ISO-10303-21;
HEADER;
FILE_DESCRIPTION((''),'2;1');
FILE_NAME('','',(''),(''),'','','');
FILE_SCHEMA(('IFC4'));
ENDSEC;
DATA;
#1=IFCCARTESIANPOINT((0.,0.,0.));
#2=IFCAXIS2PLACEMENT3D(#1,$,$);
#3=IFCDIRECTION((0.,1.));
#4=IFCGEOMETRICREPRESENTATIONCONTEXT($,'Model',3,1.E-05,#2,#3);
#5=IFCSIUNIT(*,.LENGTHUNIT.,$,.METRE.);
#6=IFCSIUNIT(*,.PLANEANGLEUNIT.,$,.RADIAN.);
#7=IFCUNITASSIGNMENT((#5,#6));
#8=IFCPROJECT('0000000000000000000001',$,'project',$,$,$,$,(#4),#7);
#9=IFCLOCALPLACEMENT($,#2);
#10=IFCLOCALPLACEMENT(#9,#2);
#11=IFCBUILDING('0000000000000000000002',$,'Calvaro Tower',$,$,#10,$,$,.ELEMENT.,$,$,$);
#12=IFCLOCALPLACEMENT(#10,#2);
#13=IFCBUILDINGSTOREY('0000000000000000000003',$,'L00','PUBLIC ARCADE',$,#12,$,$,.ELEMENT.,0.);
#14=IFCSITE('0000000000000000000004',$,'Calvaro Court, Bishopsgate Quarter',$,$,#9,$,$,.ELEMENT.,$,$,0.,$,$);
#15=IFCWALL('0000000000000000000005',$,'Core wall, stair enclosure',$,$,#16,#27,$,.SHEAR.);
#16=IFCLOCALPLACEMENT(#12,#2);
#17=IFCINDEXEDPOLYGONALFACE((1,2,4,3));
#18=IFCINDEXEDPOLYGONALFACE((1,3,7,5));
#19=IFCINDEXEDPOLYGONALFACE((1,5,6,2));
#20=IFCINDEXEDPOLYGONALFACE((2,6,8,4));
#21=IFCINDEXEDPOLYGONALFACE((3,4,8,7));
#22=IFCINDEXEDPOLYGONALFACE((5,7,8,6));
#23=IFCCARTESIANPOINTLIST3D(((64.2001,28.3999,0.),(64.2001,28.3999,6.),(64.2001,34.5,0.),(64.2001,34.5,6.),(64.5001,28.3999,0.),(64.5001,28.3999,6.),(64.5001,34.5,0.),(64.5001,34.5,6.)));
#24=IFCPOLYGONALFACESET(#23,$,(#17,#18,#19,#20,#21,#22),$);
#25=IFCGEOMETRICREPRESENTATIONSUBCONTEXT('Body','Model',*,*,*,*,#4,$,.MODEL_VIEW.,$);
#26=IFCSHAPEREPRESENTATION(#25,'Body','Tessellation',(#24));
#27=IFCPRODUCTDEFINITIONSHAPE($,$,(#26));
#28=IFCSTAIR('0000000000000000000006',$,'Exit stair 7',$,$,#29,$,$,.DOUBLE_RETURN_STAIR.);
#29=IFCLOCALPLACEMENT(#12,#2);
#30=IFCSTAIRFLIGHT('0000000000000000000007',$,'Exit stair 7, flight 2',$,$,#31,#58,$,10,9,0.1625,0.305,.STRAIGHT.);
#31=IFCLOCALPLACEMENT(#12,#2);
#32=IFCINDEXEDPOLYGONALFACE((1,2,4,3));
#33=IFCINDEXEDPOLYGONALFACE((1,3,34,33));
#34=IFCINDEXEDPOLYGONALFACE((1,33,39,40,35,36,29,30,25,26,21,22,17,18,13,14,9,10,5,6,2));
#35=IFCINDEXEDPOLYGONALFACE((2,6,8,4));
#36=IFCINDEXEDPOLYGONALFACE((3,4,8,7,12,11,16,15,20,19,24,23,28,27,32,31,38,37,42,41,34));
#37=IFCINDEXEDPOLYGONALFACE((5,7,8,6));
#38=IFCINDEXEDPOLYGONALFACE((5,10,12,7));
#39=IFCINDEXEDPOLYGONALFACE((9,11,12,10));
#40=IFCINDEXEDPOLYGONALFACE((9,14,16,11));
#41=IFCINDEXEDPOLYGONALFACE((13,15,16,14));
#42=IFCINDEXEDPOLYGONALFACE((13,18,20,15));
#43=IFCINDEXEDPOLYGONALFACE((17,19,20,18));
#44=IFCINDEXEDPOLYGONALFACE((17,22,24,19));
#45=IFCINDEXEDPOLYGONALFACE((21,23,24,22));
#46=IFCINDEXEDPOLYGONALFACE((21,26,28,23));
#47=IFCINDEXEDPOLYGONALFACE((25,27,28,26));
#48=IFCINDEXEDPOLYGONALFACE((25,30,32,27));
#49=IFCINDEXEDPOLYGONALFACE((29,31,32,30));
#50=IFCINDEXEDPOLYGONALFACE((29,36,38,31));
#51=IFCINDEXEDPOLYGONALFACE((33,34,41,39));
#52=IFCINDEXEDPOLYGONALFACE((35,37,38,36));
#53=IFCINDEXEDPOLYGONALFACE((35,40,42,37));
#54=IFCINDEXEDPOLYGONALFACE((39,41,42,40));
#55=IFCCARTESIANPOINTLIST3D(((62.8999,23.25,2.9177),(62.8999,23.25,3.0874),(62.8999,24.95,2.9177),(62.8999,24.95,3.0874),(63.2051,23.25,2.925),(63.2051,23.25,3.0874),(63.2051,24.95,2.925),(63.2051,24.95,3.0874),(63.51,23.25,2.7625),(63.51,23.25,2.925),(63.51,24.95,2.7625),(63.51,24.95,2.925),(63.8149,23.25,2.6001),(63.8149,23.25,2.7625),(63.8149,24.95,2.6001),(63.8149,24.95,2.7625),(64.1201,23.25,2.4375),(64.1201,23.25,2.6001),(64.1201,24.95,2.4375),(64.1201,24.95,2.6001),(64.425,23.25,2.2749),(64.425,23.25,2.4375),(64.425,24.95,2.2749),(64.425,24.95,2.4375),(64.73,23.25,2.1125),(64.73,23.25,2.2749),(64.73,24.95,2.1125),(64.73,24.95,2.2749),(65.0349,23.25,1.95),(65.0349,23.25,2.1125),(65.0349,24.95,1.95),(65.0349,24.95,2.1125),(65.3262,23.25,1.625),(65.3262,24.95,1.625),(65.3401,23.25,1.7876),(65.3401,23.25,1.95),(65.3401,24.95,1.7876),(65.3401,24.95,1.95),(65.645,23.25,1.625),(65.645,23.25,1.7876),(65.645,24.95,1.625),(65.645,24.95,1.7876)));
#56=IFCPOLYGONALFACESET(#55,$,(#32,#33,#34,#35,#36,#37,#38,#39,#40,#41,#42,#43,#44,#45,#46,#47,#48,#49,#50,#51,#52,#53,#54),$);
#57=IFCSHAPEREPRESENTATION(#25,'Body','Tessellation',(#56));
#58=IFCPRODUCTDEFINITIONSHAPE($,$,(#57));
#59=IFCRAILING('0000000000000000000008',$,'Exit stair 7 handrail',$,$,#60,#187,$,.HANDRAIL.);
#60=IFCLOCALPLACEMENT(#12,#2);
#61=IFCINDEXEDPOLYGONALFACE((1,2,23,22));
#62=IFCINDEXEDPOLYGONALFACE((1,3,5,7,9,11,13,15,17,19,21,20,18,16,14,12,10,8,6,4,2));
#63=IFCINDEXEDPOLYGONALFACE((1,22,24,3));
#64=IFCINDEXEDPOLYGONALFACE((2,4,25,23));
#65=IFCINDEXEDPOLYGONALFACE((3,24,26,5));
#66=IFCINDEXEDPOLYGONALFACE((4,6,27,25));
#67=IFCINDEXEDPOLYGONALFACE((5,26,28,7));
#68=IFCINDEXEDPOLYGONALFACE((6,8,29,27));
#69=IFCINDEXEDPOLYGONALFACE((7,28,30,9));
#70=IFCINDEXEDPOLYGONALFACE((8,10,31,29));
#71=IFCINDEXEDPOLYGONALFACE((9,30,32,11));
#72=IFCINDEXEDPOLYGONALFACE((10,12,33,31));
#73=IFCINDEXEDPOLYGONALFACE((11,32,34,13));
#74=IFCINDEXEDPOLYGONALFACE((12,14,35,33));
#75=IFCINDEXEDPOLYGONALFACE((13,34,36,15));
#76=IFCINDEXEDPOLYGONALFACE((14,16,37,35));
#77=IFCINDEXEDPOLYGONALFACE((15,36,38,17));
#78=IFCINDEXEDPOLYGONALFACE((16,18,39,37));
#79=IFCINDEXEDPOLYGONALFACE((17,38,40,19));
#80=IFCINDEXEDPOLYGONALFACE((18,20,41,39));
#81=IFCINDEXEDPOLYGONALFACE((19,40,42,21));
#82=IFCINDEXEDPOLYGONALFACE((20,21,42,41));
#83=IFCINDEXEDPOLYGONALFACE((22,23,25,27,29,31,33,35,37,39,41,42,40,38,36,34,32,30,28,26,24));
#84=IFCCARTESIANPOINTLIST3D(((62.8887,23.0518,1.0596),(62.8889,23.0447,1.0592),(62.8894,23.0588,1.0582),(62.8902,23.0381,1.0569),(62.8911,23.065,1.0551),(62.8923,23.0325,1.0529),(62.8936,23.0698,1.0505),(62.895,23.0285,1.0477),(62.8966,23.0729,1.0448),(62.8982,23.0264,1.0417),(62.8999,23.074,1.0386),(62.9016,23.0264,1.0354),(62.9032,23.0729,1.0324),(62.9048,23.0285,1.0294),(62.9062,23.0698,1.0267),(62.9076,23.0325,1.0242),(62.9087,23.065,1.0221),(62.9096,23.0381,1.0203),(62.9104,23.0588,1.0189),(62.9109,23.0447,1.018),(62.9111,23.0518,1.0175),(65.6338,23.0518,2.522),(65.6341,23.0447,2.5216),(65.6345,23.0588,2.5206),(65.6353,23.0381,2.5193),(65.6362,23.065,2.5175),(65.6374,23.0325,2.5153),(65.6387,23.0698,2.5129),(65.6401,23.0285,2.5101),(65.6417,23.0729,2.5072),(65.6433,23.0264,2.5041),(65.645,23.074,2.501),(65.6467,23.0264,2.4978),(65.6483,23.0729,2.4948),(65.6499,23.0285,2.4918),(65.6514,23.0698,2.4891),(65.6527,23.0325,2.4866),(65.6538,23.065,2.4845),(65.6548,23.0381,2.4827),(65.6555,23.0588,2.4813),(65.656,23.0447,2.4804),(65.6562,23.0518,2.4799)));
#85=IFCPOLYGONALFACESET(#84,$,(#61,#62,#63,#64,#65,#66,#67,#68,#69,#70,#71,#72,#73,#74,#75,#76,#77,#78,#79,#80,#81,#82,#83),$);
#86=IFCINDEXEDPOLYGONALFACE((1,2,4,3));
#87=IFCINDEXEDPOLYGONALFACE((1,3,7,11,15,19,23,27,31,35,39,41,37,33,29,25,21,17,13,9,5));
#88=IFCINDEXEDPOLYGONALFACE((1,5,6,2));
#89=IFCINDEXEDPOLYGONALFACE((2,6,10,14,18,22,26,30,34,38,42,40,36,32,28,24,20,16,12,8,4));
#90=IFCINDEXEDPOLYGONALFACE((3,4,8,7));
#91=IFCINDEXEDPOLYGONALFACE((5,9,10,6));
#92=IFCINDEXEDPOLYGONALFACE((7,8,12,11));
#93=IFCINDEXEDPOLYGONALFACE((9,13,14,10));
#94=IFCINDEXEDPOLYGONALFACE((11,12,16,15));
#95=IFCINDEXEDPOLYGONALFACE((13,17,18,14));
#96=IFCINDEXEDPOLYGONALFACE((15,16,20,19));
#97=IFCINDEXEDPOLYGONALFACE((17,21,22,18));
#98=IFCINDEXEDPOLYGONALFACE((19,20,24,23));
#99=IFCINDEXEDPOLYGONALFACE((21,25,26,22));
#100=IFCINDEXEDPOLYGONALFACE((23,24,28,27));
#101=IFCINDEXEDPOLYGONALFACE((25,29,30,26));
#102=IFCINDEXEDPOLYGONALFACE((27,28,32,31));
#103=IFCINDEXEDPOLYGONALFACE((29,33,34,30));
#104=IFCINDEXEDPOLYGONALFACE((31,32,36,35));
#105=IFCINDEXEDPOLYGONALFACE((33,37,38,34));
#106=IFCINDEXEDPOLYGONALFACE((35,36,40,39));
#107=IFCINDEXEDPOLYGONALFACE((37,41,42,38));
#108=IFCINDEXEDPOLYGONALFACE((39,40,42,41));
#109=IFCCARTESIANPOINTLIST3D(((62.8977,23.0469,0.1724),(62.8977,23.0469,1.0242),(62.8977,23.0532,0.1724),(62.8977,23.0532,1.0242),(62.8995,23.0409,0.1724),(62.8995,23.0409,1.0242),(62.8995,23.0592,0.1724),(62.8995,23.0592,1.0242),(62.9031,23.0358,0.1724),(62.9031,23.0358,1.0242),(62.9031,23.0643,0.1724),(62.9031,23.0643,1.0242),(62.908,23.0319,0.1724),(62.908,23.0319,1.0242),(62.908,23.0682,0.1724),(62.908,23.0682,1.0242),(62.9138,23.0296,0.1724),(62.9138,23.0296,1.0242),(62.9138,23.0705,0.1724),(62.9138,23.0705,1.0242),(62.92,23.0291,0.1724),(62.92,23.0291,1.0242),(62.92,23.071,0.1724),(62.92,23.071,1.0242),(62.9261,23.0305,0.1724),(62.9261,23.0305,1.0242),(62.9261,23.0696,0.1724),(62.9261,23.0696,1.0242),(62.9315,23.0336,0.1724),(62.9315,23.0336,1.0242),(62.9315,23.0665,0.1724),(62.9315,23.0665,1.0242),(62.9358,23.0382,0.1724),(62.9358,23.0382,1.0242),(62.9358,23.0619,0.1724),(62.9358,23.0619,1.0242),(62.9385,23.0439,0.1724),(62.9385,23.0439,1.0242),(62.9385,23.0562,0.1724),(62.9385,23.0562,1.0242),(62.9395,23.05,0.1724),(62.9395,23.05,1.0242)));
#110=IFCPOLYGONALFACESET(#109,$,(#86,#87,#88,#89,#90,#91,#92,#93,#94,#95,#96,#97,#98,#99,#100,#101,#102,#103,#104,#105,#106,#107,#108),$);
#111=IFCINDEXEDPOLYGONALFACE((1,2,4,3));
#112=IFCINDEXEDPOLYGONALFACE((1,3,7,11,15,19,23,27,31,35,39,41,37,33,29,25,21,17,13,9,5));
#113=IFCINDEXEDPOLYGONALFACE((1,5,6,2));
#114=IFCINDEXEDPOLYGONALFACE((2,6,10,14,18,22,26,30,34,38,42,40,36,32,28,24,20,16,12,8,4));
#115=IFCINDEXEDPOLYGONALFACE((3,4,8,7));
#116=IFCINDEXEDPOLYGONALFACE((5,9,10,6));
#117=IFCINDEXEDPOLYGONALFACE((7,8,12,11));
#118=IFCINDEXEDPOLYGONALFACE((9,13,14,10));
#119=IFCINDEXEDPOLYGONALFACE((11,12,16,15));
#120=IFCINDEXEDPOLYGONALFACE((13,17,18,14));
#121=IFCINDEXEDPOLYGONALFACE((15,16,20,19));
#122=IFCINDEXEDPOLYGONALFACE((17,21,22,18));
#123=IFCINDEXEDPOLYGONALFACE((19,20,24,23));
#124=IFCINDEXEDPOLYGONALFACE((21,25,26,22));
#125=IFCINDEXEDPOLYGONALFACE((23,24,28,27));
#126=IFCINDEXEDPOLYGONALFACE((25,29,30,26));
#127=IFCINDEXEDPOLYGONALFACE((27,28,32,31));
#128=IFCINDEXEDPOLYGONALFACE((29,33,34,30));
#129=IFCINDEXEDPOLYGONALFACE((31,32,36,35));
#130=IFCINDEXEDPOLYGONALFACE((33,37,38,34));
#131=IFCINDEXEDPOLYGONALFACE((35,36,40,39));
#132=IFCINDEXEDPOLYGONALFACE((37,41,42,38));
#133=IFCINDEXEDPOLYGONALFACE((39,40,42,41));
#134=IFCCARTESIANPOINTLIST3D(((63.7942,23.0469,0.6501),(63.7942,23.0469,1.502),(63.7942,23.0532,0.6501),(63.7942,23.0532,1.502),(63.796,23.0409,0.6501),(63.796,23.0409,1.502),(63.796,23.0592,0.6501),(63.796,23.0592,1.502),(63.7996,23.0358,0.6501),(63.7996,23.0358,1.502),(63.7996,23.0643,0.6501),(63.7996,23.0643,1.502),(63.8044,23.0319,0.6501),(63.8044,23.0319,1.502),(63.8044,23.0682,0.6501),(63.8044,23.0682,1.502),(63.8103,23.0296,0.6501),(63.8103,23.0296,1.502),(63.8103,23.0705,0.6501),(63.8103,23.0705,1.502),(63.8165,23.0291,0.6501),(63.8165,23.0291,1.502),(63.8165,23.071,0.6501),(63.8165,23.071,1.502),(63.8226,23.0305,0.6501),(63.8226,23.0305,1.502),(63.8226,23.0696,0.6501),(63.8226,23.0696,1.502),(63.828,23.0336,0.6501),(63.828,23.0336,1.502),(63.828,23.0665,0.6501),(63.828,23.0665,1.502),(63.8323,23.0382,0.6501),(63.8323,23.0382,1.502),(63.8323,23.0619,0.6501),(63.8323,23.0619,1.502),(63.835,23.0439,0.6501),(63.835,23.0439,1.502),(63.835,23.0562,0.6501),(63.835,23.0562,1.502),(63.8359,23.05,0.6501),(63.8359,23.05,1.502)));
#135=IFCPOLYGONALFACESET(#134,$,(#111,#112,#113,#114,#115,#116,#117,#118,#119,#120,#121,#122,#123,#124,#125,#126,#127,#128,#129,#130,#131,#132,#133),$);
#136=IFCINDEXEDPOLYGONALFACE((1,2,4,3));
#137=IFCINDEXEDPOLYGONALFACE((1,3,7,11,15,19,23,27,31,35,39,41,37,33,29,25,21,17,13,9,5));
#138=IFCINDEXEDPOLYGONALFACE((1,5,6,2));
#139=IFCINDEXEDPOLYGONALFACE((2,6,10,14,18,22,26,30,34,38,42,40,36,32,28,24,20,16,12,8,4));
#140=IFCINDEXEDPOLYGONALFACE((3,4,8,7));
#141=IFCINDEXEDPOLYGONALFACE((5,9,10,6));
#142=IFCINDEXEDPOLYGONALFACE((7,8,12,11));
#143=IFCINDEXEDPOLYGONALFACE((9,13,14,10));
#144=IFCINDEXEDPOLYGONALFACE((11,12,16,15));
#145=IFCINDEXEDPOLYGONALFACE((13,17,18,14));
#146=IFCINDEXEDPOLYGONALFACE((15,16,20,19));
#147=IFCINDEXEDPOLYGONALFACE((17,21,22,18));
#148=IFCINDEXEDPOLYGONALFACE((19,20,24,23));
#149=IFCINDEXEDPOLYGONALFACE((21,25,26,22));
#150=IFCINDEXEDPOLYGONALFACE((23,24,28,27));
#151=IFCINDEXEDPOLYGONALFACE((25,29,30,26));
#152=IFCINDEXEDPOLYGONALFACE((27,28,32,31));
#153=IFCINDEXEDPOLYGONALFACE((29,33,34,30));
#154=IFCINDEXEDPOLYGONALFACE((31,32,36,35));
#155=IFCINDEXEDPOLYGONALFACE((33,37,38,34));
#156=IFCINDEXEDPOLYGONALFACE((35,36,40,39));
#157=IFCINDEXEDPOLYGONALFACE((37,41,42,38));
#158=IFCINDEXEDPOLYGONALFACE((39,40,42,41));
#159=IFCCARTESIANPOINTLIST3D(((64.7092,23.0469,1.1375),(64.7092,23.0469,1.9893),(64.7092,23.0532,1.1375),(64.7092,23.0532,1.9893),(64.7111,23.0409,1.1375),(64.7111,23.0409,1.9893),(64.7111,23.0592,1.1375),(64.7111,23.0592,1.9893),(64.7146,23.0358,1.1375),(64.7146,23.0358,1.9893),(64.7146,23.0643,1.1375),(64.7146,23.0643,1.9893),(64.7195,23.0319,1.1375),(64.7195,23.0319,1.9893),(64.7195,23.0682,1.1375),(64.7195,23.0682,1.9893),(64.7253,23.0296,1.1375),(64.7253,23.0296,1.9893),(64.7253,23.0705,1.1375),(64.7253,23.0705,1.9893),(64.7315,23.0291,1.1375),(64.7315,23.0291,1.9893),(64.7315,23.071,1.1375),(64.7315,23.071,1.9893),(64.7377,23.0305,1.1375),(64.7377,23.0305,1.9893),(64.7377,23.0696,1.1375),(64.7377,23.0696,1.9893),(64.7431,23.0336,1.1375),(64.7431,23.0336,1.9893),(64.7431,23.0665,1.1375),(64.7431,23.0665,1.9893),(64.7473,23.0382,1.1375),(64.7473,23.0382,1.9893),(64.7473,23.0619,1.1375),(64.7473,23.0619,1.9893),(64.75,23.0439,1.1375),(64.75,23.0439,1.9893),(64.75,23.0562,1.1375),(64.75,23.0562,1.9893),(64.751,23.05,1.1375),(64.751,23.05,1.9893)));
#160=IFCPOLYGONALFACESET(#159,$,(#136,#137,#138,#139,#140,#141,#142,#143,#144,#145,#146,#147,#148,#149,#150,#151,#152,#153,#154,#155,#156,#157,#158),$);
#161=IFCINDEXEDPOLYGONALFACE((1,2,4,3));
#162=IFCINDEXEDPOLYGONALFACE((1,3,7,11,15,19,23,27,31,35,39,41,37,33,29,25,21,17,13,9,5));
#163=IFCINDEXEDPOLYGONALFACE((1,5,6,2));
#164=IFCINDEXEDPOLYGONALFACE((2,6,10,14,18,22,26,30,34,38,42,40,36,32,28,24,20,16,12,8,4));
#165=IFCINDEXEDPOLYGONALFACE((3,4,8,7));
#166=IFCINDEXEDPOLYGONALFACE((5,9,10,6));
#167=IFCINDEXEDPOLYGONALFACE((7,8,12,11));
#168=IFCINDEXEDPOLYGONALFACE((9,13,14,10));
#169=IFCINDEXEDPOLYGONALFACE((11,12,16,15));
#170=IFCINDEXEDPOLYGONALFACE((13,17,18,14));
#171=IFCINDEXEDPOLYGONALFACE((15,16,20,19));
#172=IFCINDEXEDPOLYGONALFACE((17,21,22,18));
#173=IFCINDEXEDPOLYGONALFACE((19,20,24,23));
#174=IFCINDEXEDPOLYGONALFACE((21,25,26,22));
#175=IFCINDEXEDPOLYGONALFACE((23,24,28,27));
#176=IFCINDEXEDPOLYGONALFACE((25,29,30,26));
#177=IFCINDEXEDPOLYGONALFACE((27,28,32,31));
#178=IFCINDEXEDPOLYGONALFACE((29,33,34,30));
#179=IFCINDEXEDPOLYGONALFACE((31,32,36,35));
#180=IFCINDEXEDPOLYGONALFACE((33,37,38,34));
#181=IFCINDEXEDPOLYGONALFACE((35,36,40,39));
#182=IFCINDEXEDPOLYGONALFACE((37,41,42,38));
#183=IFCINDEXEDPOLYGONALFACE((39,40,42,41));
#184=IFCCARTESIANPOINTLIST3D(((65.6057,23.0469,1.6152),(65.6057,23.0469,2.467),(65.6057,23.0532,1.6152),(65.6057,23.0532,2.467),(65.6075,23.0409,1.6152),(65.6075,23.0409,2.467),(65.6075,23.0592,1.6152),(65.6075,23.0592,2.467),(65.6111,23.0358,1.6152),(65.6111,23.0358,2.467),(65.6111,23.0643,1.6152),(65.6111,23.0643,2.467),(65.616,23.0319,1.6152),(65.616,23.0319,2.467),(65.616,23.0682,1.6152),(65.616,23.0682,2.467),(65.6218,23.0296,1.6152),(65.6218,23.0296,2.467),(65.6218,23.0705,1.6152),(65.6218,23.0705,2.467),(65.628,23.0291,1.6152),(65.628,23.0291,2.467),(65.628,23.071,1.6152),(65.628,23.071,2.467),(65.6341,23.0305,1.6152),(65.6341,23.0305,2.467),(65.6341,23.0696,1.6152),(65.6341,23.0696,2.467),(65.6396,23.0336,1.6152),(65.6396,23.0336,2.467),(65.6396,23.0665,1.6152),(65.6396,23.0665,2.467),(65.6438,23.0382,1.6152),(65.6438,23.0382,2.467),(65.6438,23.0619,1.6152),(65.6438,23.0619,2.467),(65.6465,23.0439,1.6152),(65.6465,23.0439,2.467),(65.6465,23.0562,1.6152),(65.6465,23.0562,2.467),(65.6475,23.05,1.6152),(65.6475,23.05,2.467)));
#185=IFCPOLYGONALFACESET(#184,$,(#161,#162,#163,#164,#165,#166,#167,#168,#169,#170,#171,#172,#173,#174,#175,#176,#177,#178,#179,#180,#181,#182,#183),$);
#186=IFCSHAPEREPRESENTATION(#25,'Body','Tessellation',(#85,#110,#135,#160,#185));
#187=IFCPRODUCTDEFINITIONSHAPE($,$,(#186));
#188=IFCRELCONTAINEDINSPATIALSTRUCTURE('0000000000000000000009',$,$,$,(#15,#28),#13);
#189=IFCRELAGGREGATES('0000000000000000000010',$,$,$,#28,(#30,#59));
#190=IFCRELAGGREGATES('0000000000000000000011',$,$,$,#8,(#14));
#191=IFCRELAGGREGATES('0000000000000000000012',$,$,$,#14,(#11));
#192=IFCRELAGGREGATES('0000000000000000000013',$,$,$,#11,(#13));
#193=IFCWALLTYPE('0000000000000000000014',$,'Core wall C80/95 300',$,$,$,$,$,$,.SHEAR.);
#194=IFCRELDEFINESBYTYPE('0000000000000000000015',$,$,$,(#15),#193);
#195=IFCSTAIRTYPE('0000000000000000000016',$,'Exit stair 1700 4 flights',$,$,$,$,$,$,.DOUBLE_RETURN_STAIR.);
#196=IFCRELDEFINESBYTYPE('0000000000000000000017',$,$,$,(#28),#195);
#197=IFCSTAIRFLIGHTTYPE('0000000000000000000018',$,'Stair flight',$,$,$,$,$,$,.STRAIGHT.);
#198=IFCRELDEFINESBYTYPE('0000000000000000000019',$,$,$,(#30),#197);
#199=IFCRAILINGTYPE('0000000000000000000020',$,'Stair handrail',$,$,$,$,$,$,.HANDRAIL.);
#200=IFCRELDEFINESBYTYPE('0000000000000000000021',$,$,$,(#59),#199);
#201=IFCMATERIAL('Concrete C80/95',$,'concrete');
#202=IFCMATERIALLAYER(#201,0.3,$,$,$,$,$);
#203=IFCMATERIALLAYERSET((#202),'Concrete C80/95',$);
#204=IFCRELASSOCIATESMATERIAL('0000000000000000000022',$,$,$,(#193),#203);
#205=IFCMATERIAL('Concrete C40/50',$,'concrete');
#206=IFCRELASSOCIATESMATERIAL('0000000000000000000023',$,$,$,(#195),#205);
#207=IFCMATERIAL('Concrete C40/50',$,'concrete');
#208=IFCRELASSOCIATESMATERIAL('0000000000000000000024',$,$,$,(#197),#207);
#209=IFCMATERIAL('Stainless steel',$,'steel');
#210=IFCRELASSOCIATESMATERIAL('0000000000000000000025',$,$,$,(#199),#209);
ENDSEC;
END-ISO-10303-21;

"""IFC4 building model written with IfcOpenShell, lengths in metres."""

from ifc_helpers import new_model, si_unit, direction, frame, frame_2d, origin, origin_2d, place, context, subcontext, project, spatial, polyline, rectangle, circle, outline, extrude, material, layer, layer_set, type_object, element, aggregate, save


model = new_model("IFC4")

# Units and contexts
model_context = context("Model", 3, precision=1e-05, world=origin(), true_north=direction((0.0, 1.0)))
body_context = subcontext(model_context, "Body", "Model", "MODEL_VIEW")
ifc_project = project(units=[si_unit("LENGTHUNIT", "METRE"), si_unit("PLANEANGLEUNIT", "RADIAN")], contexts=[model_context])

# Site, building, storey
site_placement = place(None, origin())
site = spatial("IfcSite", under=ifc_project, at=site_placement, Name="Calvaro Court, Bishopsgate Quarter", CompositionType="ELEMENT", RefElevation=0.0)
building_placement = place(site_placement, origin())
building = spatial("IfcBuilding", under=site, at=building_placement, Name="Calvaro Tower", CompositionType="ELEMENT")
storey_placement = place(building_placement, origin())
storey = spatial("IfcBuildingStorey", under=building, at=storey_placement, Name="L00", Description="PUBLIC ARCADE", CompositionType="ELEMENT", Elevation=0.0)

# Wall
ifc_material_1 = material(Name="Concrete C80/95", Category="concrete")
ifc_layer = layer(ifc_material_1, 0.3)
ifc_layer_set = layer_set([ifc_layer], Name="Concrete C80/95")
wall_type = type_object("IfcWallType", Name="Core wall C80/95 300", PredefinedType="SHEAR", material=ifc_layer_set)
wall_placement = place(storey_placement, frame((64.3501, 28.3999, 0.0), z_axis=(0.0, 0.0, 1.0), x_axis=(0.0, 1.0, 0.0)))
element("IfcWall", 1, at=wall_placement, inside=storey, type_object=wall_type, Name="Core wall, stair enclosure", PredefinedType="SHEAR", context=body_context, shape_type="SweptSolid", body=[
    extrude(rectangle(XDim=6.1001, YDim=0.3, at=frame_2d((3.05, 0.0))), origin(), (0.0, 0.0, 1.0), 6.0),
])

# Stair, stair flight, railing
ifc_material_2 = material(Name="Concrete C40/50", Category="concrete")
stair_type = type_object("IfcStairType", Name="Exit stair 1700 4 flights", PredefinedType="DOUBLE_RETURN_STAIR", material=ifc_material_2)
stair_placement = place(storey_placement, origin())
stair = element("IfcStair", 2, at=stair_placement, inside=storey, type_object=stair_type, Name="Exit stair 7", PredefinedType="DOUBLE_RETURN_STAIR")
ifc_material_3 = material(Name="Concrete C40/50", Category="concrete")
stair_flight_type = type_object("IfcStairFlightType", Name="Stair flight", PredefinedType="STRAIGHT", material=ifc_material_3)
stair_flight_placement = place(storey_placement, frame((65.645, 24.1001, 1.625), z_axis=(0.0, 0.0, 1.0), x_axis=(-1.0, 0.0, 0.0)))
stair_flight = element("IfcStairFlight", 3, at=stair_flight_placement, type_object=stair_flight_type, Name="Exit stair 7, flight 2", NumberOfRisers=10, NumberOfTreads=9, PredefinedType="STRAIGHT", RiserHeight=0.1625, TreadLength=0.305, context=body_context, shape_type="SweptSolid", body=[
    extrude(outline(polyline([(0.0, 0.0), (0.0, 0.1626), (0.3049, 0.1626), (0.3049, 0.325), (0.6101, 0.325), (0.6101, 0.4875), (0.915, 0.4875), (0.915, 0.6499), (1.22, 0.6499), (1.22, 0.8125), (1.5249, 0.8125), (1.5249, 0.9751), (1.8301, 0.9751), (1.8301, 1.1375), (2.135, 1.1375), (2.135, 1.3), (2.4399, 1.3), (2.4399, 1.4624), (2.7451, 1.4624), (2.7451, 1.625), (2.7451, 1.2927), (0.3188, 0.0), (0.0, 0.0)])), frame((0.0, 0.8501, 0.0), z_axis=(0.0, -1.0, 0.0), x_axis=(1.0, 0.0, 0.0)), (0.0, 0.0, 1.0), 1.7),
])
ifc_material_4 = material(Name="Stainless steel", Category="steel")
railing_type = type_object("IfcRailingType", Name="Stair handrail", PredefinedType="HANDRAIL", material=ifc_material_4)
railing_1_placement = place(storey_placement, frame((62.8999, 23.05, 0.1626)))
railing_1 = element("IfcRailing", 4, at=railing_1_placement, type_object=railing_type, Name="Exit stair 7 handrail", PredefinedType="HANDRAIL", context=body_context, shape_type="SweptSolid", body=[
    extrude(circle(Radius=0.0239, at=origin_2d()), frame((0.0, 0.0, 0.876), z_axis=(0.882574, 0.0, 0.470173), x_axis=(0.0, 1.0, 0.0)), (0.0, 0.0, 1.0), 3.1104),
    extrude(circle(Radius=0.021, at=origin_2d()), frame((0.0186, 0.0, 0.0098)), (0.0, 0.0, 1.0), 0.8518),
    extrude(circle(Radius=0.021, at=origin_2d()), frame((0.915, 0.0, 0.4875)), (0.0, 0.0, 1.0), 0.8518),
    extrude(circle(Radius=0.021, at=origin_2d()), frame((1.8301, 0.0, 0.9749)), (0.0, 0.0, 1.0), 0.8518),
    extrude(circle(Radius=0.021, at=origin_2d()), frame((2.7266, 0.0, 1.4526)), (0.0, 0.0, 1.0), 0.8518),
])
aggregate(stair, [stair_flight, railing_1])

save(model, "model.ifc")
